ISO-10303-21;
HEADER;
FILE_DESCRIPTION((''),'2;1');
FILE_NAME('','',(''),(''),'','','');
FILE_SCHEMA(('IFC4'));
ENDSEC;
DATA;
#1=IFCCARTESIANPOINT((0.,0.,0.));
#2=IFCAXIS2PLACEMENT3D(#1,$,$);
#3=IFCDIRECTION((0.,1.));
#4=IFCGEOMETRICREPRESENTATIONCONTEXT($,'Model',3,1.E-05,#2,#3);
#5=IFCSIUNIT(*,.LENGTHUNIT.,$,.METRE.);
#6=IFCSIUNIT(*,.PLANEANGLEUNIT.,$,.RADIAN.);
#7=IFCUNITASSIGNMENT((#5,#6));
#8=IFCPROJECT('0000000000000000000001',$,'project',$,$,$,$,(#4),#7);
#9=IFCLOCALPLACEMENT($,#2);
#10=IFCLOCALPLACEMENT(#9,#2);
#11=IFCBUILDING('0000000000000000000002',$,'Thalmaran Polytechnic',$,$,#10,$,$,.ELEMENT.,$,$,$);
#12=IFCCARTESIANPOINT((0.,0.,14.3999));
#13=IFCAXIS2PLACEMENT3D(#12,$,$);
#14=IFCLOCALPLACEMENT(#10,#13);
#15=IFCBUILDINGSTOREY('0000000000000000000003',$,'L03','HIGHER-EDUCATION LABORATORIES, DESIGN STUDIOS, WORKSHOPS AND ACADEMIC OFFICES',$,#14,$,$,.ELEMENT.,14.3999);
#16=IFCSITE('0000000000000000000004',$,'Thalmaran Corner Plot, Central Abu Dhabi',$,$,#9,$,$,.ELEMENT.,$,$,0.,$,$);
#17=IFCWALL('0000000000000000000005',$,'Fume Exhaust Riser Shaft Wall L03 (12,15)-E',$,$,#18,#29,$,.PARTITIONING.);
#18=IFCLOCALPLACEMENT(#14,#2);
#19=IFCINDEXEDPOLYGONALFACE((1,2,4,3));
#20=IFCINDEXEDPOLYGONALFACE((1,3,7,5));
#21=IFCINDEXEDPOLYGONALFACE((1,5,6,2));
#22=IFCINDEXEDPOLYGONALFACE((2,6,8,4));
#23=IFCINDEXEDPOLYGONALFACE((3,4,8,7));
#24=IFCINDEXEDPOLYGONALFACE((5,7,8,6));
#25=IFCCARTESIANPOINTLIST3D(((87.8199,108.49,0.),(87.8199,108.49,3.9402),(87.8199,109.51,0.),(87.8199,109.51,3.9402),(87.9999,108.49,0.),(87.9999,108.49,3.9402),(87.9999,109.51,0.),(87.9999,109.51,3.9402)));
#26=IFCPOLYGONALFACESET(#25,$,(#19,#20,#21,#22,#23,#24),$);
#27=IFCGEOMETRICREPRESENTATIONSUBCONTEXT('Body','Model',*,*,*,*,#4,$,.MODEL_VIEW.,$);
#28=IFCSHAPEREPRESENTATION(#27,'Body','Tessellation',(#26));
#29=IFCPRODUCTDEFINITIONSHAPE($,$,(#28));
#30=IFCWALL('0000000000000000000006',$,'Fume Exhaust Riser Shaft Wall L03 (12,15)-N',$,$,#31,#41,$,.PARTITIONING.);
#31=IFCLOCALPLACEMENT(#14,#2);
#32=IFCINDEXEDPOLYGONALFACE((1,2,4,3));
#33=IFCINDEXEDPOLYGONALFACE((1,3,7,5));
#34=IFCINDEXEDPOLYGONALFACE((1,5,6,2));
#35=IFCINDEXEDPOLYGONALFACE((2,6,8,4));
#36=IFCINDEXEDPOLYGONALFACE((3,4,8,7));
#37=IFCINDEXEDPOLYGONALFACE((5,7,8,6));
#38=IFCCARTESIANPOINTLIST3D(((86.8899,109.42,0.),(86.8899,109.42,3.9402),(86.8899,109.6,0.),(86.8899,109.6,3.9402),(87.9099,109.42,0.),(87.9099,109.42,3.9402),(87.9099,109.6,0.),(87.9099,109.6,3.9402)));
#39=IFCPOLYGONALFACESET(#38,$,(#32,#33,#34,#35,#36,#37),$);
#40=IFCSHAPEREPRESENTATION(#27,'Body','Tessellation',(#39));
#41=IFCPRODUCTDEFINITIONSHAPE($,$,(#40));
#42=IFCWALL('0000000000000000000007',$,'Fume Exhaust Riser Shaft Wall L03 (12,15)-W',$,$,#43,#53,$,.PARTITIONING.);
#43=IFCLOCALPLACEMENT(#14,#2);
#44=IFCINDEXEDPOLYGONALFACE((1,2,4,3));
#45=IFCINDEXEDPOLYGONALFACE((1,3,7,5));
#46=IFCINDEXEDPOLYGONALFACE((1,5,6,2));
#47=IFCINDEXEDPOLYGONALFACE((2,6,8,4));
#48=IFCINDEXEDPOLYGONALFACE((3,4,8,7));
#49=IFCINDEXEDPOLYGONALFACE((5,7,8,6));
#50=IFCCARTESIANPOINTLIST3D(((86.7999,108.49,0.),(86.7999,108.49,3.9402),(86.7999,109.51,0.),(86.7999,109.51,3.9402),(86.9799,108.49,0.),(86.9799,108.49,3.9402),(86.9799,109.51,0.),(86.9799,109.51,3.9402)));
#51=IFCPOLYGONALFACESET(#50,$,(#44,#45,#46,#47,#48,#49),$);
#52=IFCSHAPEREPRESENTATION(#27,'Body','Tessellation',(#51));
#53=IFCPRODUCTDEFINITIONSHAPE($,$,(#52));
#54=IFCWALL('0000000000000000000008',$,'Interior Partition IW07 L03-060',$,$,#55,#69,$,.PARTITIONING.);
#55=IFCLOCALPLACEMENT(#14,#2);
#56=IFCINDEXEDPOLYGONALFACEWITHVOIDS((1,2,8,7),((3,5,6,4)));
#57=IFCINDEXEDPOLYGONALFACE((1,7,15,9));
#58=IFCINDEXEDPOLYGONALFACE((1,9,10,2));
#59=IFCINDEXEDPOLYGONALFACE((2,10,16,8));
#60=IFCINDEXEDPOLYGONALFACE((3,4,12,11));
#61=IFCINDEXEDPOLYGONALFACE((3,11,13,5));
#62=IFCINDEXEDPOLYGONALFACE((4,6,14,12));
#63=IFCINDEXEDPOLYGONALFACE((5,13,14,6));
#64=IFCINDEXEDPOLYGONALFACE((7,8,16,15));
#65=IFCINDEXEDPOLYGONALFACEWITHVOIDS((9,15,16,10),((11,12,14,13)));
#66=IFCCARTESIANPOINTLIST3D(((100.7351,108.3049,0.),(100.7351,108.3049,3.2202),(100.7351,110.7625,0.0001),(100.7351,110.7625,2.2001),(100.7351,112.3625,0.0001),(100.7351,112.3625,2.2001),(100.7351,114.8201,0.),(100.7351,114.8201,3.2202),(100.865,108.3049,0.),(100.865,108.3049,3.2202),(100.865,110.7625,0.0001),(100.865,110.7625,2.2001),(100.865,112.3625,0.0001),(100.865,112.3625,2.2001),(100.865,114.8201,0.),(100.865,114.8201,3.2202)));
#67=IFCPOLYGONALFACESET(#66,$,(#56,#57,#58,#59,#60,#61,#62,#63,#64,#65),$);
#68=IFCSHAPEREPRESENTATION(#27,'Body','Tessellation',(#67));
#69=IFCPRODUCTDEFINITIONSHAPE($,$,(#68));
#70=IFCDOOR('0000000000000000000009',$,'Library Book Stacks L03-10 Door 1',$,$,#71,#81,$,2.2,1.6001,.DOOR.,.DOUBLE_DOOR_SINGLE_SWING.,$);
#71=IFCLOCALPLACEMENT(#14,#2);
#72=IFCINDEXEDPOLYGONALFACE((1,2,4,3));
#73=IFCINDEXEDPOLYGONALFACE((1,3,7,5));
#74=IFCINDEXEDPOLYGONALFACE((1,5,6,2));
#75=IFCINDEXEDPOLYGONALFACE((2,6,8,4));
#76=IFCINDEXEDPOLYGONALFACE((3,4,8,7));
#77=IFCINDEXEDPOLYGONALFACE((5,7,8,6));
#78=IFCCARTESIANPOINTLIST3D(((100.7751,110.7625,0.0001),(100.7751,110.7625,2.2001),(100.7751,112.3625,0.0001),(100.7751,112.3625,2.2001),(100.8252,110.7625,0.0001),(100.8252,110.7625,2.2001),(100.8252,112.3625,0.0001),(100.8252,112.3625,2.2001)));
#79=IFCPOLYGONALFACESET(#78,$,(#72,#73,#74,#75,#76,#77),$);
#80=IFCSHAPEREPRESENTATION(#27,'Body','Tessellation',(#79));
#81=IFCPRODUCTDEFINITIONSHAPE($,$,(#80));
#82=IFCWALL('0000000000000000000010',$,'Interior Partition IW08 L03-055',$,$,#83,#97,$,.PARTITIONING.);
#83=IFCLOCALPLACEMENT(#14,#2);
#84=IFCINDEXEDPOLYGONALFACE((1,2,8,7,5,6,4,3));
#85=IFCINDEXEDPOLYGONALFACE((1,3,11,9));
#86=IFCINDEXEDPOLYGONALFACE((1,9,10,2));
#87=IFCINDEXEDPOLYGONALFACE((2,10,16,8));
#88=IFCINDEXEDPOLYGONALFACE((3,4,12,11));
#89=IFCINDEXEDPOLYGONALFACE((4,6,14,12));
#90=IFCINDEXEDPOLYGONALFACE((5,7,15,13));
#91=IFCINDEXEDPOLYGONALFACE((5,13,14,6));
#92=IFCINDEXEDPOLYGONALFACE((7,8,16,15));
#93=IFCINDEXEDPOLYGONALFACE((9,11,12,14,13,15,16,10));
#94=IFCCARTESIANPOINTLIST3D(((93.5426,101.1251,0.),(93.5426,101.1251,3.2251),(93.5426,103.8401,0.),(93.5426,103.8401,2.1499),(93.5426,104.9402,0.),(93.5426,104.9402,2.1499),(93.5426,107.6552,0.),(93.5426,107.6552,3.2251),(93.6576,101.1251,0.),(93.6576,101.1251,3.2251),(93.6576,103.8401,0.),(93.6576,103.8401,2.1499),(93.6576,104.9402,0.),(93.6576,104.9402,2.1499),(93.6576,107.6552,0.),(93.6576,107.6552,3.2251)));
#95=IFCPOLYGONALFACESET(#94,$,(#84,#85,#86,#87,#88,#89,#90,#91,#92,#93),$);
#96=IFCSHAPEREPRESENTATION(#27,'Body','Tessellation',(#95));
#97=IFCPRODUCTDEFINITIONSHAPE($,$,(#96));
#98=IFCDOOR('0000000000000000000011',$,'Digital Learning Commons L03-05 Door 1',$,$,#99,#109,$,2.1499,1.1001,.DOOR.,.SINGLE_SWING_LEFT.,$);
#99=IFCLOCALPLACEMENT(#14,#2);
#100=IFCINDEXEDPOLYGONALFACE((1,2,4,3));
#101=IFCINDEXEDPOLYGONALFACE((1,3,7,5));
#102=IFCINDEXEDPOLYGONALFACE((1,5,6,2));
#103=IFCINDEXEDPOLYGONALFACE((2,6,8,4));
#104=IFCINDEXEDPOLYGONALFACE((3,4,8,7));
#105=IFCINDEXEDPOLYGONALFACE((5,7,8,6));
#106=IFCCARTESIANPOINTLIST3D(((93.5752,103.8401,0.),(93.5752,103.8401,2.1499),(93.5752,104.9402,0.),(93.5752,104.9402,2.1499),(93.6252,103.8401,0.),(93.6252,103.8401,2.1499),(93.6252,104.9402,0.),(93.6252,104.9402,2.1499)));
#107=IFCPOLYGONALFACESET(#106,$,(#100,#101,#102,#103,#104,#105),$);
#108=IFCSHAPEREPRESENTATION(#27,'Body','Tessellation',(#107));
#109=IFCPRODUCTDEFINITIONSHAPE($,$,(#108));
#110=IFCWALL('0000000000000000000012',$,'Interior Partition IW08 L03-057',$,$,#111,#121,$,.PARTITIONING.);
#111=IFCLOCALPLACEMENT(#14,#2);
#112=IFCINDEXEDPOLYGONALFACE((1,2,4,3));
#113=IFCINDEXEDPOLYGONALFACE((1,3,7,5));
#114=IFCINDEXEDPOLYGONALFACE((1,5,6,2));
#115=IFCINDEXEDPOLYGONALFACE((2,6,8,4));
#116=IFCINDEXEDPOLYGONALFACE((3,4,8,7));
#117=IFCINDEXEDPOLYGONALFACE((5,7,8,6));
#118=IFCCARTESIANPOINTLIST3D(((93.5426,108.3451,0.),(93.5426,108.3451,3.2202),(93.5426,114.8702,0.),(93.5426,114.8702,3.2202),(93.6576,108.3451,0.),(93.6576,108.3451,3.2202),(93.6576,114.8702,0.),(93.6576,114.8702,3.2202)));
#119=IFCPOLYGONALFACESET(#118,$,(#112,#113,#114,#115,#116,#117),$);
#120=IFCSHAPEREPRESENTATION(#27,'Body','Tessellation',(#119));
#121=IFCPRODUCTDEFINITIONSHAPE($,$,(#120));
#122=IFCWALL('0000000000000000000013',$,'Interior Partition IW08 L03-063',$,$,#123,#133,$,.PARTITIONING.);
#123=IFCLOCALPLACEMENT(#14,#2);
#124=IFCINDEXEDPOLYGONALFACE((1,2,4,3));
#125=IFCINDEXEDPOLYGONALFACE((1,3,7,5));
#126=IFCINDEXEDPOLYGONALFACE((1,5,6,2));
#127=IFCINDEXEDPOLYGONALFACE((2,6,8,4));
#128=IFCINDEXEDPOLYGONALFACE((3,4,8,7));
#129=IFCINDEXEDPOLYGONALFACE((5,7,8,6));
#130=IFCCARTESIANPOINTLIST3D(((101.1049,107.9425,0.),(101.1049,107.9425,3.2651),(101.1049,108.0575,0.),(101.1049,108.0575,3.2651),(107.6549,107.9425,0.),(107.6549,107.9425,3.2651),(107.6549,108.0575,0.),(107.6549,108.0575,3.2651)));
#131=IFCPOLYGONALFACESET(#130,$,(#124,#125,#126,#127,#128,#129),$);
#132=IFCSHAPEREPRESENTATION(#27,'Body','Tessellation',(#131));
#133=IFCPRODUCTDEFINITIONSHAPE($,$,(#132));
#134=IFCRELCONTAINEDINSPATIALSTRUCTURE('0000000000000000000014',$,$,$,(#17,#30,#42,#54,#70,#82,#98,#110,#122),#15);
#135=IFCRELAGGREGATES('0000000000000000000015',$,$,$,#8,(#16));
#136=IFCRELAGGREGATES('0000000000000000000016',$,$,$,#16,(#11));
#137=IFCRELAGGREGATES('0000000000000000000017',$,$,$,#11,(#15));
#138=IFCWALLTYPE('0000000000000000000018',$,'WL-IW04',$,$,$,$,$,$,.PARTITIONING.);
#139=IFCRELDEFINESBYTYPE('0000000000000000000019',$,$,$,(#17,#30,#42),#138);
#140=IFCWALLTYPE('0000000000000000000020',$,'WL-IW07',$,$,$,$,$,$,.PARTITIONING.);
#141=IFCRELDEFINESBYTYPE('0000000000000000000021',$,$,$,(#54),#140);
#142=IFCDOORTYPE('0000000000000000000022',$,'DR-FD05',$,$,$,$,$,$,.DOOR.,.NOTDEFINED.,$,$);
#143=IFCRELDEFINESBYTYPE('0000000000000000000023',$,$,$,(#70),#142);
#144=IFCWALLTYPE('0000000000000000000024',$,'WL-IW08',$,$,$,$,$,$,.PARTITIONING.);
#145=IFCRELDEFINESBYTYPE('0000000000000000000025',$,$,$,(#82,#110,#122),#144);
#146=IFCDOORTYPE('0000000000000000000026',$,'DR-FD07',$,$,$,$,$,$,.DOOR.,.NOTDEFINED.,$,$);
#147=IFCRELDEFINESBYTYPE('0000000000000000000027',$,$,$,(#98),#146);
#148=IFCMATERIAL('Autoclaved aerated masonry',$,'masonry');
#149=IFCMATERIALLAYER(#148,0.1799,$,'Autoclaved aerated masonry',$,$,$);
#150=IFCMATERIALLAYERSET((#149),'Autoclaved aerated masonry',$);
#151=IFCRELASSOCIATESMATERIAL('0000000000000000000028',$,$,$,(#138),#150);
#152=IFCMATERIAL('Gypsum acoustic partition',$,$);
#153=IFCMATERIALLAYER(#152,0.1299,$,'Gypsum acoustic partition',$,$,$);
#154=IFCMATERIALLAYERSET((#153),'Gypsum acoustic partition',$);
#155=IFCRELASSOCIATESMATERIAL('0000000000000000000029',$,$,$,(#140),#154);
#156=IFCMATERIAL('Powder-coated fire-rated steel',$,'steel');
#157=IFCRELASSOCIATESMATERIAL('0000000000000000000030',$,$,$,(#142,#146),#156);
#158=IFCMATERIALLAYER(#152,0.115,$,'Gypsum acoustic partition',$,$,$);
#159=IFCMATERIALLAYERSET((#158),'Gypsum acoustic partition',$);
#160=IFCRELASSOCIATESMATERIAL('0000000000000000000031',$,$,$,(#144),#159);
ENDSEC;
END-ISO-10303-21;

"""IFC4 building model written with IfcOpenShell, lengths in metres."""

from ifc_helpers import new_model, si_unit, direction, frame, frame_2d, origin, place, context, subcontext, project, spatial, rectangle, extrude, material, layer, layer_set, type_object, element, fill, save


model = new_model("IFC4")

# Units and contexts
model_context = context("Model", 3, precision=1e-05, world=origin(), true_north=direction((0.0, 1.0)))
body_context = subcontext(model_context, "Body", "Model", "MODEL_VIEW")
ifc_project = project(units=[si_unit("LENGTHUNIT", "METRE"), si_unit("PLANEANGLEUNIT", "RADIAN")], contexts=[model_context])

# Site, building, storey
site_placement = place(None, origin())
site = spatial("IfcSite", under=ifc_project, at=site_placement, Name="Thalmaran Corner Plot, Central Abu Dhabi", CompositionType="ELEMENT", RefElevation=0.0)
building_placement = place(site_placement, origin())
building = spatial("IfcBuilding", under=site, at=building_placement, Name="Thalmaran Polytechnic", CompositionType="ELEMENT")
storey_placement = place(building_placement, frame((0.0, 0.0, 14.3999)))
storey = spatial("IfcBuildingStorey", under=building, at=storey_placement, Name="L03", Description="HIGHER-EDUCATION LABORATORIES, DESIGN STUDIOS, WORKSHOPS AND ACADEMIC OFFICES", CompositionType="ELEMENT", Elevation=14.3999)

# Walls
ifc_material_1 = material(Name="Autoclaved aerated masonry", Category="masonry")
ifc_layer_1 = layer(ifc_material_1, 0.1799, Name="Autoclaved aerated masonry")
ifc_layer_set_1 = layer_set([ifc_layer_1], Name="Autoclaved aerated masonry")
wall_type_1 = type_object("IfcWallType", Name="WL-IW04", PredefinedType="PARTITIONING", material=ifc_layer_set_1)
for number, where, z_axis, x_axis, name in (
    (1, (87.9099, 108.49, 0.0), (0.0, 0.0, 1.0), (0.0, 1.0, 0.0), "Fume Exhaust Riser Shaft Wall L03 (12,15)-E"),
    (2, (87.9099, 109.51, 0.0), (0.0, 0.0, 1.0), (-1.0, 0.0, 0.0), "Fume Exhaust Riser Shaft Wall L03 (12,15)-N"),
    (3, (86.8899, 109.51, 0.0), (0.0, 0.0, 1.0), (0.0, -1.0, 0.0), "Fume Exhaust Riser Shaft Wall L03 (12,15)-W"),
):
    element("IfcWall", number, at=place(storey_placement, frame(where, z_axis=z_axis, x_axis=x_axis)), inside=storey, type_object=wall_type_1, Name=name, PredefinedType="PARTITIONING", context=body_context, shape_type="SweptSolid", body=[
        extrude(rectangle(XDim=1.02, YDim=0.1799, at=frame_2d((0.51, 0.0))), origin(), (0.0, 0.0, 1.0), 3.9402),
    ])

# Walls, openings, doors
ifc_material_2 = material(Name="Gypsum acoustic partition")
ifc_layer_2 = layer(ifc_material_2, 0.1299, Name="Gypsum acoustic partition")
ifc_layer_set_2 = layer_set([ifc_layer_2], Name="Gypsum acoustic partition")
wall_type_2 = type_object("IfcWallType", Name="WL-IW07", PredefinedType="PARTITIONING", material=ifc_layer_set_2)
wall_1_placement = place(storey_placement, frame((100.8, 108.3049, 0.0), z_axis=(0.0, 0.0, 1.0), x_axis=(0.0, 1.0, 0.0)))
wall_1 = element("IfcWall", 4, at=wall_1_placement, inside=storey, type_object=wall_type_2, Name="Interior Partition IW07 L03-060", PredefinedType="PARTITIONING", context=body_context, shape_type="SweptSolid", body=[
    extrude(rectangle(XDim=6.5151, YDim=0.1299, at=frame_2d((3.2576, 0.0))), origin(), (0.0, 0.0, 1.0), 3.2202),
])
opening_1_placement = place(wall_1_placement, frame((2.4575, 0.0, 0.0)))
opening_1 = element("IfcOpeningElement", 5, at=opening_1_placement, cuts=wall_1, PredefinedType="OPENING", context=body_context, shape_type="SweptSolid", body=[
    extrude(rectangle(XDim=1.6001, YDim=2.2, at=frame_2d((0.8, 1.1001))), frame((0.0, 0.075, 0.0), z_axis=(0.0, -1.0, 0.0), x_axis=(1.0, 0.0, 0.0)), (0.0, 0.0, 1.0), 0.1499),
])
ifc_material_3 = material(Name="Powder-coated fire-rated steel", Category="steel")
door_type_1 = type_object("IfcDoorType", Name="DR-FD05", OperationType="NOTDEFINED", PredefinedType="DOOR", material=ifc_material_3)
door_1_placement = place(opening_1_placement, origin())
door_1 = element("IfcDoor", 6, at=door_1_placement, inside=storey, type_object=door_type_1, Name="Library Book Stacks L03-10 Door 1", OperationType="DOUBLE_DOOR_SINGLE_SWING", OverallHeight=2.2, OverallWidth=1.6001, PredefinedType="DOOR", context=body_context, shape_type="SweptSolid", body=[
    extrude(rectangle(XDim=1.6001, YDim=2.2, at=frame_2d((0.8, 1.1001))), frame((0.0, 0.0249, 0.0), z_axis=(0.0, -1.0, 0.0), x_axis=(1.0, 0.0, 0.0)), (0.0, 0.0, 1.0), 0.05),
])
fill(opening_1, door_1)
ifc_layer_3 = layer(ifc_material_2, 0.115, Name="Gypsum acoustic partition")
ifc_layer_set_3 = layer_set([ifc_layer_3], Name="Gypsum acoustic partition")
wall_type_3 = type_object("IfcWallType", Name="WL-IW08", PredefinedType="PARTITIONING", material=ifc_layer_set_3)
wall_2_placement = place(storey_placement, frame((93.6001, 101.125, 0.0), z_axis=(0.0, 0.0, 1.0), x_axis=(0.0, 1.0, 0.0)))
wall_2 = element("IfcWall", 7, at=wall_2_placement, inside=storey, type_object=wall_type_3, Name="Interior Partition IW08 L03-055", PredefinedType="PARTITIONING", context=body_context, shape_type="SweptSolid", body=[
    extrude(rectangle(XDim=6.53, YDim=0.115, at=frame_2d((3.2651, 0.0))), origin(), (0.0, 0.0, 1.0), 3.2251),
])
opening_2_placement = place(wall_2_placement, frame((2.7151, 0.0, 0.0)))
opening_2 = element("IfcOpeningElement", 8, at=opening_2_placement, cuts=wall_2, PredefinedType="OPENING", context=body_context, shape_type="SweptSolid", body=[
    extrude(rectangle(XDim=1.1001, YDim=2.1499, at=frame_2d((0.55, 1.075))), frame((0.0, 0.0674, 0.0), z_axis=(0.0, -1.0, 0.0), x_axis=(1.0, 0.0, 0.0)), (0.0, 0.0, 1.0), 0.135),
])
door_type_2 = type_object("IfcDoorType", Name="DR-FD07", OperationType="NOTDEFINED", PredefinedType="DOOR", material=ifc_material_3)
door_2_placement = place(opening_2_placement, origin())
door_2 = element("IfcDoor", 9, at=door_2_placement, inside=storey, type_object=door_type_2, Name="Digital Learning Commons L03-05 Door 1", OperationType="SINGLE_SWING_LEFT", OverallHeight=2.1499, OverallWidth=1.1001, PredefinedType="DOOR", context=body_context, shape_type="SweptSolid", body=[
    extrude(rectangle(XDim=1.1001, YDim=2.1499, at=frame_2d((0.55, 1.075))), frame((0.0, 0.0249, 0.0), z_axis=(0.0, -1.0, 0.0), x_axis=(1.0, 0.0, 0.0)), (0.0, 0.0, 1.0), 0.05),
])
fill(opening_2, door_2)

# Walls
wall_3_placement = place(storey_placement, frame((93.6001, 108.345, 0.0), z_axis=(0.0, 0.0, 1.0), x_axis=(0.0, 1.0, 0.0)))
element("IfcWall", 10, at=wall_3_placement, inside=storey, type_object=wall_type_3, Name="Interior Partition IW08 L03-057", PredefinedType="PARTITIONING", context=body_context, shape_type="SweptSolid", body=[
    extrude(rectangle(XDim=6.5251, YDim=0.115, at=frame_2d((3.2627, 0.0))), origin(), (0.0, 0.0, 1.0), 3.2202),
])
wall_4_placement = place(storey_placement, frame((101.105, 108.0, 0.0), z_axis=(0.0, 0.0, 1.0), x_axis=(1.0, 0.0, 0.0)))
element("IfcWall", 11, at=wall_4_placement, inside=storey, type_object=wall_type_3, Name="Interior Partition IW08 L03-063", PredefinedType="PARTITIONING", context=body_context, shape_type="SweptSolid", body=[
    extrude(rectangle(XDim=6.55, YDim=0.115, at=frame_2d((3.2749, 0.0))), origin(), (0.0, 0.0, 1.0), 3.2651),
])

save(model, "model.ifc")
